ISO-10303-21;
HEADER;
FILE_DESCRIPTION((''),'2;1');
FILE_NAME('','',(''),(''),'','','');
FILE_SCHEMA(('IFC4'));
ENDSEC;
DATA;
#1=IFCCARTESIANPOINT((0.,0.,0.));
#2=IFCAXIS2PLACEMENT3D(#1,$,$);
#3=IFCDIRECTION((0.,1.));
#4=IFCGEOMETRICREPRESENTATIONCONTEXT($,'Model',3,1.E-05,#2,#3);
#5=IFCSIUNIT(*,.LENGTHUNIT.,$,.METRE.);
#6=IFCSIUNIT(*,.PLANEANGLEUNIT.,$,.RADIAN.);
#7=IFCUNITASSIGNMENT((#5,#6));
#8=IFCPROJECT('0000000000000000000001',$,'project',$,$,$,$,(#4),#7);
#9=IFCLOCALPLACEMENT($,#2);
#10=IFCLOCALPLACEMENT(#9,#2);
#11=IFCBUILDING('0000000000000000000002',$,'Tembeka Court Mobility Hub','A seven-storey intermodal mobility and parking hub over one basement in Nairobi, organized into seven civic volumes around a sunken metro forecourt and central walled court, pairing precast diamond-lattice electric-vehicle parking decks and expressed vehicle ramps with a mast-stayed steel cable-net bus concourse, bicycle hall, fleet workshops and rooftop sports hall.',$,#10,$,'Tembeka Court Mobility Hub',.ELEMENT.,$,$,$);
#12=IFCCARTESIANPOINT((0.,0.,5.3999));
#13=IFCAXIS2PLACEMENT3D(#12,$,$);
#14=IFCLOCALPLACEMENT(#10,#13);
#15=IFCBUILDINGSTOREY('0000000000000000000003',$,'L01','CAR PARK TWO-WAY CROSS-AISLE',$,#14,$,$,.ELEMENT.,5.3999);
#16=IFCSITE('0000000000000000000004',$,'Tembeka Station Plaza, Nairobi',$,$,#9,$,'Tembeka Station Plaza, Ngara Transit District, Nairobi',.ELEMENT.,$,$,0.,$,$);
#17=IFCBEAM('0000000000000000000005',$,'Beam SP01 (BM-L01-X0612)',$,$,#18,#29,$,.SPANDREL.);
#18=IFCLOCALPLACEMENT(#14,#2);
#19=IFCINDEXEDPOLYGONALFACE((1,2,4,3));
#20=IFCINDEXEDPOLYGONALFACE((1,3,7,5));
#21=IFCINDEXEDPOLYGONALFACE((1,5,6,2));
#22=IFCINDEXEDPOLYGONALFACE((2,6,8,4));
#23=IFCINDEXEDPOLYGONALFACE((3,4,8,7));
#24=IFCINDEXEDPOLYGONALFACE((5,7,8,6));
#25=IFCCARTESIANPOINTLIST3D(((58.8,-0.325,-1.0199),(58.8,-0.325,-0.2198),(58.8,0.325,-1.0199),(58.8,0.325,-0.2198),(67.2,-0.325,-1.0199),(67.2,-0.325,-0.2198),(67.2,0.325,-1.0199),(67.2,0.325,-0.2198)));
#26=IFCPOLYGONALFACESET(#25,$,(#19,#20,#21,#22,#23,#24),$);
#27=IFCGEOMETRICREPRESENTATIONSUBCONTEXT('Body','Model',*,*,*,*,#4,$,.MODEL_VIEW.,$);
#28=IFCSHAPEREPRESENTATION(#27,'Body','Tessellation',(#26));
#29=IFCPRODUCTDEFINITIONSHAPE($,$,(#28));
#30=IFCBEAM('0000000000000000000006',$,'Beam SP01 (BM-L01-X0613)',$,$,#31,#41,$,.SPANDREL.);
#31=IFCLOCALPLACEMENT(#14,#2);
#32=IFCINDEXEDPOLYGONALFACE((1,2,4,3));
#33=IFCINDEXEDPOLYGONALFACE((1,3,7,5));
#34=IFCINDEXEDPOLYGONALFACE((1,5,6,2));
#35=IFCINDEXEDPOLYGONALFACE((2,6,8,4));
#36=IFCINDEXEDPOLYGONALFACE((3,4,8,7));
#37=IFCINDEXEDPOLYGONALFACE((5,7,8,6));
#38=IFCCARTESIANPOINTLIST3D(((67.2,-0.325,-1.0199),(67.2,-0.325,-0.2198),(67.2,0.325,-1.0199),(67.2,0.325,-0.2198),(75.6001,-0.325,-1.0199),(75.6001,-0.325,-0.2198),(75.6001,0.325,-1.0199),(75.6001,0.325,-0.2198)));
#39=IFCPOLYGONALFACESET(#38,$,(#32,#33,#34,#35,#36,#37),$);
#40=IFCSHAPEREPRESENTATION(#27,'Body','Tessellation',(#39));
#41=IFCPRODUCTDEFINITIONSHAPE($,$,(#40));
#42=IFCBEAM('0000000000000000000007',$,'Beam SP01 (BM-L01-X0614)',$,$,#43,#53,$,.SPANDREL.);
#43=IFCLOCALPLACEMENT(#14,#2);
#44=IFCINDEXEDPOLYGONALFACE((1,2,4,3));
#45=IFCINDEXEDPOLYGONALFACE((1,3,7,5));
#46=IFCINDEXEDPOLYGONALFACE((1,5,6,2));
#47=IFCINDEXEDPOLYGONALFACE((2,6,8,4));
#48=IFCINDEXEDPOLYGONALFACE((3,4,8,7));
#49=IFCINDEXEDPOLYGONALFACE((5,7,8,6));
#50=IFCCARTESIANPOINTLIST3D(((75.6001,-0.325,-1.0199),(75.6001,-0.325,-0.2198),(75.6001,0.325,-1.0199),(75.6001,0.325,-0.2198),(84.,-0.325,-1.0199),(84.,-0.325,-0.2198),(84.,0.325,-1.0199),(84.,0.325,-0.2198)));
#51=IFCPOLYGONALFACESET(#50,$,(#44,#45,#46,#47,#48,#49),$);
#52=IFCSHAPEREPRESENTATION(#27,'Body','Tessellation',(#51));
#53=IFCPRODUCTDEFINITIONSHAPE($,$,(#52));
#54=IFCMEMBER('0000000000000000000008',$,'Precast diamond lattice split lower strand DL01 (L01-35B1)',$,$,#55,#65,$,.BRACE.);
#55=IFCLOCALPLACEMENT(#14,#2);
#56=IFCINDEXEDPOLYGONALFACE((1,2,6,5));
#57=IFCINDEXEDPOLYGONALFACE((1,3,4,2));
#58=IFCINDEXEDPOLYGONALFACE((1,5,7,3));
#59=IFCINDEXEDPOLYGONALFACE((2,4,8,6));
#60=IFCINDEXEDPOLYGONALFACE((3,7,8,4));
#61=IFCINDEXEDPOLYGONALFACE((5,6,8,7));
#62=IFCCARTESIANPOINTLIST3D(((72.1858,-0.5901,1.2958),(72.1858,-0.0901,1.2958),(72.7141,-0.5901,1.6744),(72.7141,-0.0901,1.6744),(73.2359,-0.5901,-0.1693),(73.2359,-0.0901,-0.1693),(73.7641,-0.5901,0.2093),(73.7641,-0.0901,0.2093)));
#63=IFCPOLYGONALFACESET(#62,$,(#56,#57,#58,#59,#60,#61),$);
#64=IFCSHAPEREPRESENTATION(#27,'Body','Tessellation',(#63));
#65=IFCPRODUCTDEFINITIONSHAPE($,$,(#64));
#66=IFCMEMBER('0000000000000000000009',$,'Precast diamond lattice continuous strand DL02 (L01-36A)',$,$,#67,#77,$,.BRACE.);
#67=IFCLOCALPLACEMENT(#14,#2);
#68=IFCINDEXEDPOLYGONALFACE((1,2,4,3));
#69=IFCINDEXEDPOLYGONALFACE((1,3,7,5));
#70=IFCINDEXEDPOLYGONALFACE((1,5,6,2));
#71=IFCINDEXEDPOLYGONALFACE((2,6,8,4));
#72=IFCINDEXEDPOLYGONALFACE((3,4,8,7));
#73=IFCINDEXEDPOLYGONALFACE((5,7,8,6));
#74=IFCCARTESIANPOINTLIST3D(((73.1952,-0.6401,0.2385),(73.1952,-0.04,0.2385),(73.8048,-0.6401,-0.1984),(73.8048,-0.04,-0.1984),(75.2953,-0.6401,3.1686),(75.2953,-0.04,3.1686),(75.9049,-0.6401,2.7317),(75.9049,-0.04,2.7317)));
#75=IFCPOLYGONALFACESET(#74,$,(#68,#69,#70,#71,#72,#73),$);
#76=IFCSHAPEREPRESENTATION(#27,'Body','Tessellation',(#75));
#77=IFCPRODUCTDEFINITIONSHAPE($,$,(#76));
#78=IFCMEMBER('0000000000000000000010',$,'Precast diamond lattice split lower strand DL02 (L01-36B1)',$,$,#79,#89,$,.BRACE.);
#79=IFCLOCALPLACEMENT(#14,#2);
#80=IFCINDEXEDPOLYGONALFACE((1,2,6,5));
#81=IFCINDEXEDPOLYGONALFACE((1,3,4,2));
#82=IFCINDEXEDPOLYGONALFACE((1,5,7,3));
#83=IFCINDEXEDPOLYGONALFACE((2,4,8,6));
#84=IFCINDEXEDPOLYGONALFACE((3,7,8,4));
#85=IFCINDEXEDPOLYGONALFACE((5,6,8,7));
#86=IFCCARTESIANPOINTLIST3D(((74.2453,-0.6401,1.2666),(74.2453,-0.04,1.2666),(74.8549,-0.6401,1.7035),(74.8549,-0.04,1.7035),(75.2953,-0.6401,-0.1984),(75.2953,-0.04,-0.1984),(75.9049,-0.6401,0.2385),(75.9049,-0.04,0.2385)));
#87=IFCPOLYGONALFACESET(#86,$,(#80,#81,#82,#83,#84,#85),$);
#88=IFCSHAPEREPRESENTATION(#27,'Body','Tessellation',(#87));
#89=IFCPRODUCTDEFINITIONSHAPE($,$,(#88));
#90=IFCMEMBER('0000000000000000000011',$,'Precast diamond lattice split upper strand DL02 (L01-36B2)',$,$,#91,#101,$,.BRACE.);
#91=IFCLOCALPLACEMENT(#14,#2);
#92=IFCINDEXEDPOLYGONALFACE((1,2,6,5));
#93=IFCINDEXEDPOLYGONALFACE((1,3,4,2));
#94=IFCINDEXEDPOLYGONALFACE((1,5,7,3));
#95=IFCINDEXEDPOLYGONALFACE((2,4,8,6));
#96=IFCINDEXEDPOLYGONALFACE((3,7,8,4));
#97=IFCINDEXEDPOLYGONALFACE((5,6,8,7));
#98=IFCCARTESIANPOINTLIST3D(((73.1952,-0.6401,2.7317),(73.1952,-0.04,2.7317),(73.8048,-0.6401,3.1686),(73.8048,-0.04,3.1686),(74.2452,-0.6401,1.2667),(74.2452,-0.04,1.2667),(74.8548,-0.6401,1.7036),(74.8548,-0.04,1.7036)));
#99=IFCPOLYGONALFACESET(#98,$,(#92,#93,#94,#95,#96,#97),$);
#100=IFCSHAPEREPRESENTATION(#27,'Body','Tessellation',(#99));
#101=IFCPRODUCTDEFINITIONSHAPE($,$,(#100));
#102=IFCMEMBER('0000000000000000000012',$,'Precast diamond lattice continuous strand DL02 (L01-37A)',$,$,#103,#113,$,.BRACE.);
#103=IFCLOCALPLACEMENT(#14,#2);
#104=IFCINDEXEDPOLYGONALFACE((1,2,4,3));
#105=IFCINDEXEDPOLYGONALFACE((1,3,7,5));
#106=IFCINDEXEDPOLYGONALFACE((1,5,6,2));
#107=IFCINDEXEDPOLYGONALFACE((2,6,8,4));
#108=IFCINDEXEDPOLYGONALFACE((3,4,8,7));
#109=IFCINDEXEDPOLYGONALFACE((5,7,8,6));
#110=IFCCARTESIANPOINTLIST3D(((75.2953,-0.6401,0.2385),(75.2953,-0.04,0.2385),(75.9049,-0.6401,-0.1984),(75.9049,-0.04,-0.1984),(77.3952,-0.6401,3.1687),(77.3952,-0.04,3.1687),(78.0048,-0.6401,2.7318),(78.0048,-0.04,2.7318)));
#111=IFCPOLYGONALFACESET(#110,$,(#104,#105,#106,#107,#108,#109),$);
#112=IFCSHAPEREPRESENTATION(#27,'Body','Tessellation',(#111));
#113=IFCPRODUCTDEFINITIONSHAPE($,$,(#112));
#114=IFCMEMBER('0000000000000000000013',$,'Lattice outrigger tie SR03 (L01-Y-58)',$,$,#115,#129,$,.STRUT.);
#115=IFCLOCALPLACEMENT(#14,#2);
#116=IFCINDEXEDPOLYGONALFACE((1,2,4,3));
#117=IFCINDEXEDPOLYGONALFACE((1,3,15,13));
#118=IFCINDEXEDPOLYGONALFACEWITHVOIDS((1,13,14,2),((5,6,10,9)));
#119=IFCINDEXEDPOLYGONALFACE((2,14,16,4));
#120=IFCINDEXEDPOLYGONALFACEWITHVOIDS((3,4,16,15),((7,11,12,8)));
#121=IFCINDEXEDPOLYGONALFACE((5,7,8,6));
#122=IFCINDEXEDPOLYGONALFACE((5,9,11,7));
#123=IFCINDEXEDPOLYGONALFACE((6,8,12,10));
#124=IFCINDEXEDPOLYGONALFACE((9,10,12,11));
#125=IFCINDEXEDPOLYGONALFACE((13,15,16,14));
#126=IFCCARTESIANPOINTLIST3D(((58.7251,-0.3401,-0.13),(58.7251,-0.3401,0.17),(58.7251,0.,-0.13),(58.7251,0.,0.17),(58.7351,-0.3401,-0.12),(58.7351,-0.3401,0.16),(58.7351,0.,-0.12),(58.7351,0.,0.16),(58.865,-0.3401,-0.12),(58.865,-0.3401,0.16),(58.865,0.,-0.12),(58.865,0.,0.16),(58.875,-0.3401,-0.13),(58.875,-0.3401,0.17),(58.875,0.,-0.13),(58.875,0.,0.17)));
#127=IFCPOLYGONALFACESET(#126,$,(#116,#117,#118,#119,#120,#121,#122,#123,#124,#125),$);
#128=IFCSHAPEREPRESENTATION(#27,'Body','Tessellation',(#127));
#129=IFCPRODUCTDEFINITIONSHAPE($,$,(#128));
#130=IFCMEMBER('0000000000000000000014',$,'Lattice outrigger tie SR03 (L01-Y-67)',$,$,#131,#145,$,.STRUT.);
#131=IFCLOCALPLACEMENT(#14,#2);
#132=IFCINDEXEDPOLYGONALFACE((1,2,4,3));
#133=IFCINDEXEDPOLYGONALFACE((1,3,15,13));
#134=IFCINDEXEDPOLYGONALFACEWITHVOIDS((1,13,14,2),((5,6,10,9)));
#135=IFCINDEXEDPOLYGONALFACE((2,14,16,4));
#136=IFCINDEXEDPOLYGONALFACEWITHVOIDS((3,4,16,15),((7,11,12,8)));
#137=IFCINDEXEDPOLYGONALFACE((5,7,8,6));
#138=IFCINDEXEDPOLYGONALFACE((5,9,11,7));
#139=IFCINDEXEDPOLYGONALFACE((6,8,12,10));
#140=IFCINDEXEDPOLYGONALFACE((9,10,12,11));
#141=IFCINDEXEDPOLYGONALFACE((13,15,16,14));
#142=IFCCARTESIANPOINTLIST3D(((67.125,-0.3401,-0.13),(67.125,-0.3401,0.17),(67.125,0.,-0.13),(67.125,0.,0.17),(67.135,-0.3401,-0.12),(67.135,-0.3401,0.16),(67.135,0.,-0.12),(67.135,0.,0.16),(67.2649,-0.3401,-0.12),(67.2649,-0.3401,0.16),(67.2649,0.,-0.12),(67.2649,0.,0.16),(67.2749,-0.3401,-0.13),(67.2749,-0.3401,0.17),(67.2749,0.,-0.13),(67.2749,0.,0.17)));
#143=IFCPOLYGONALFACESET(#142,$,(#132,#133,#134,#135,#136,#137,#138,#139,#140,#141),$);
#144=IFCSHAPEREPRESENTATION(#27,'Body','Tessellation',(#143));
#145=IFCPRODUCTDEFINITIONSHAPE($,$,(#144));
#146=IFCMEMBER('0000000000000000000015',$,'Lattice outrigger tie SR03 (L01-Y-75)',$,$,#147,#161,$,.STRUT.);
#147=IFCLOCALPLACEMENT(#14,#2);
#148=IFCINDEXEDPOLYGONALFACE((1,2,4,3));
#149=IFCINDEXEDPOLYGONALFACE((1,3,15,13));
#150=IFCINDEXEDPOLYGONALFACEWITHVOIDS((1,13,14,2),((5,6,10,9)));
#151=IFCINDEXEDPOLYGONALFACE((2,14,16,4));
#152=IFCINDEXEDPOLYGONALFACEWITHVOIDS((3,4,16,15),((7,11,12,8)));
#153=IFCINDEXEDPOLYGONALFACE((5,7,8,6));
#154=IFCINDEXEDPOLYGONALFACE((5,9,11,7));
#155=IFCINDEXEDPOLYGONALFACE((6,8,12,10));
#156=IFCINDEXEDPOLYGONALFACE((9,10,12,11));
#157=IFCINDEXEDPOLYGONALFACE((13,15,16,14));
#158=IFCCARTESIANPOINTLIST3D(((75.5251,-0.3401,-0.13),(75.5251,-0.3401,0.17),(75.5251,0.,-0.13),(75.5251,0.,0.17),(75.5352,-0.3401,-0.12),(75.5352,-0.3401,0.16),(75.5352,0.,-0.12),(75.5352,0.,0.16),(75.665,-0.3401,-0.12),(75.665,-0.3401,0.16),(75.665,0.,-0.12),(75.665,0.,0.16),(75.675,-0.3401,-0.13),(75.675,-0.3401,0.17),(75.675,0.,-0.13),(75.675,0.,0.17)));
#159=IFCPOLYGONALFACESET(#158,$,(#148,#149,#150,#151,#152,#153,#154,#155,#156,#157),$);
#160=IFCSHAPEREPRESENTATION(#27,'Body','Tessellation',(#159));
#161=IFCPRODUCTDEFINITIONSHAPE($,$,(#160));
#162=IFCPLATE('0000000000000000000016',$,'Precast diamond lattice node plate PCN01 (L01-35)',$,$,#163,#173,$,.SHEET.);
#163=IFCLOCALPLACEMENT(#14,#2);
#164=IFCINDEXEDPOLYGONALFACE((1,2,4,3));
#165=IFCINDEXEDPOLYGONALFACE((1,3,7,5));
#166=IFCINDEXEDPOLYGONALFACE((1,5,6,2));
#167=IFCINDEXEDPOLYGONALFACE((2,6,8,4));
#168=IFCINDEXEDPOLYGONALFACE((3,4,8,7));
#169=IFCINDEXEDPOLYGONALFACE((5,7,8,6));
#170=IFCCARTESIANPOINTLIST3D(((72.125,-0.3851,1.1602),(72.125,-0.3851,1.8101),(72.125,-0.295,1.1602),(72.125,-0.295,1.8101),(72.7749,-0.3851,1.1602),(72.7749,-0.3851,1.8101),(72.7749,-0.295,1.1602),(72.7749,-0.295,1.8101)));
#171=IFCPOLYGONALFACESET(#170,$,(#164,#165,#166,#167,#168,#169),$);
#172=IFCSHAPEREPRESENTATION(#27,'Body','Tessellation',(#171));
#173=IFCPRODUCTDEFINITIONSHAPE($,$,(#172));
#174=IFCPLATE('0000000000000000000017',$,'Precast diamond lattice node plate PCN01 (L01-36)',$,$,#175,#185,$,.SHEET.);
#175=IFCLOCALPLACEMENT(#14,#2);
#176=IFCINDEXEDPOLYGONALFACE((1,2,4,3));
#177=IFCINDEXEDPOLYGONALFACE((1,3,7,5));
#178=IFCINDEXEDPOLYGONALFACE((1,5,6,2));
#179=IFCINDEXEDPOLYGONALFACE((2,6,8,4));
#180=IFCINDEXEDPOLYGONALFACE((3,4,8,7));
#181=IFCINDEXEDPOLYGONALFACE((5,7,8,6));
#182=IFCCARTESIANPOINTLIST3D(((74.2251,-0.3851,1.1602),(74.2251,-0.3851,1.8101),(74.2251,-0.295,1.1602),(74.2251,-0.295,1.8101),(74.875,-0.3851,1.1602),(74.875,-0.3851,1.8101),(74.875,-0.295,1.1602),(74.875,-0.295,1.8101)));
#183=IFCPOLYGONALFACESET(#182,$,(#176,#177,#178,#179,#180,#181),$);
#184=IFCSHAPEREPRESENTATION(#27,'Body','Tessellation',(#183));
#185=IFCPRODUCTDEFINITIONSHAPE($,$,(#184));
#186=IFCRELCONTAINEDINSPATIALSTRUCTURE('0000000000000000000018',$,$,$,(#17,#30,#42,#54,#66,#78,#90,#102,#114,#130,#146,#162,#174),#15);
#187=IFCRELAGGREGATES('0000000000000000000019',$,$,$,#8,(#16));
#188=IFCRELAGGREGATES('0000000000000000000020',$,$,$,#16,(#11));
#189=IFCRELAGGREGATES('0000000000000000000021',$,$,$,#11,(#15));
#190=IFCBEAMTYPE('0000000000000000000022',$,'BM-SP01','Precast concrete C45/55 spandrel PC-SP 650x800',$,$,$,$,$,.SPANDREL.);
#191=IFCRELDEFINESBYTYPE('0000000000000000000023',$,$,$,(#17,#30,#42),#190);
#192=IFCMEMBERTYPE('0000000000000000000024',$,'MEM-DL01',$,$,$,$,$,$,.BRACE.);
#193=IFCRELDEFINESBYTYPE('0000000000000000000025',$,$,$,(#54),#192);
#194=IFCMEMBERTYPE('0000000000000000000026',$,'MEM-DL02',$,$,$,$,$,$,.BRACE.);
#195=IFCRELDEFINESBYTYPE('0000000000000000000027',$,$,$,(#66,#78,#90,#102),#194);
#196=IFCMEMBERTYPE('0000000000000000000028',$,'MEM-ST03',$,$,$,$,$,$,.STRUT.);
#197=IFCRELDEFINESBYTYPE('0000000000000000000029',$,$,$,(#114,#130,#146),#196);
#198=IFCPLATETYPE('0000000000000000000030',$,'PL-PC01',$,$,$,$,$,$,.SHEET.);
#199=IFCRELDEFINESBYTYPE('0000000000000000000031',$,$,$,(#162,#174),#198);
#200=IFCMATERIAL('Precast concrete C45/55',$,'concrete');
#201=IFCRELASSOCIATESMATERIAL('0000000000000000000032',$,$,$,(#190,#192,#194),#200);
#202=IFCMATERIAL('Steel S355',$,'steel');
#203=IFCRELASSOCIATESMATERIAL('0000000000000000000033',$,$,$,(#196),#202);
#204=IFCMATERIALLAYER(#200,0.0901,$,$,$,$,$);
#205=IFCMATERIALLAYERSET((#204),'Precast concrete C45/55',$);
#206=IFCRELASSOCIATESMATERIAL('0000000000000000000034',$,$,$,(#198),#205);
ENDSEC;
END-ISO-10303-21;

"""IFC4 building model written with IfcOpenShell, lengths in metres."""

from ifc_helpers import new_model, si_unit, direction, frame, origin, origin_2d, place, context, subcontext, project, spatial, rectangle, hollow_rectangle, extrude, material, layer, layer_set, material_profile, profile_set, type_object, element, save


model = new_model("IFC4")

# Units and contexts
model_context = context("Model", 3, precision=1e-05, world=origin(), true_north=direction((0.0, 1.0)))
body_context = subcontext(model_context, "Body", "Model", "MODEL_VIEW")
ifc_project = project(units=[si_unit("LENGTHUNIT", "METRE"), si_unit("PLANEANGLEUNIT", "RADIAN")], contexts=[model_context])

# Site, building, storey
site_placement = place(None, origin())
site = spatial("IfcSite", under=ifc_project, at=site_placement, Name="Tembeka Station Plaza, Nairobi", LongName="Tembeka Station Plaza, Ngara Transit District, Nairobi", CompositionType="ELEMENT", RefElevation=0.0)
building_placement = place(site_placement, origin())
building = spatial("IfcBuilding", under=site, at=building_placement, Name="Tembeka Court Mobility Hub", Description="A seven-storey intermodal mobility and parking hub over one basement in Nairobi, organized into seven civic volumes around a sunken metro forecourt and central walled court, pairing precast diamond-lattice electric-vehicle parking decks and expressed vehicle ramps with a mast-stayed steel cable-net bus concourse, bicycle hall, fleet workshops and rooftop sports hall.", LongName="Tembeka Court Mobility Hub", CompositionType="ELEMENT")
storey_placement = place(building_placement, frame((0.0, 0.0, 5.3999)))
storey = spatial("IfcBuildingStorey", under=building, at=storey_placement, Name="L01", Description="CAR PARK TWO-WAY CROSS-AISLE", CompositionType="ELEMENT", Elevation=5.3999)

# Shared definitions
ifc_material_1 = material(Name="Steel S355", Category="steel")

# Beams
ifc_material_2 = material(Name="Precast concrete C45/55", Category="concrete")
ifc_material_profile_1 = material_profile(ifc_material_2, rectangle(XDim=0.6499, YDim=0.8, at=origin_2d()), Name="PC-SP 650x800")
ifc_profile_set_1 = profile_set([ifc_material_profile_1], Name="Precast concrete C45/55")
beam_type_1 = type_object("IfcBeamType", Name="BM-SP01", Description="Precast concrete C45/55 spandrel PC-SP 650x800", PredefinedType="SPANDREL", material=ifc_profile_set_1)
beam_1_placement = place(storey_placement, frame((58.8, 0.0, -0.6199), z_axis=(1.0, 0.0, 0.0), x_axis=(0.0, 1.0, 0.0)))
element("IfcBeam", 1, at=beam_1_placement, inside=storey, type_object=beam_type_1, Name="Beam SP01 (BM-L01-X0612)", PredefinedType="SPANDREL", context=body_context, shape_type="SweptSolid", body=[
    extrude(rectangle(XDim=0.6499, YDim=0.8, at=origin_2d()), origin(), (0.0, 0.0, 1.0), 8.3999),
])
beam_2_placement = place(storey_placement, frame((67.2, 0.0, -0.6199), z_axis=(1.0, 0.0, 0.0), x_axis=(0.0, 1.0, 0.0)))
element("IfcBeam", 2, at=beam_2_placement, inside=storey, type_object=beam_type_1, Name="Beam SP01 (BM-L01-X0613)", PredefinedType="SPANDREL", context=body_context, shape_type="SweptSolid", body=[
    extrude(rectangle(XDim=0.6499, YDim=0.8, at=origin_2d()), origin(), (0.0, 0.0, 1.0), 8.4001),
])
beam_3_placement = place(storey_placement, frame((75.6001, 0.0, -0.6199), z_axis=(1.0, 0.0, 0.0), x_axis=(0.0, 1.0, 0.0)))
element("IfcBeam", 3, at=beam_3_placement, inside=storey, type_object=beam_type_1, Name="Beam SP01 (BM-L01-X0614)", PredefinedType="SPANDREL", context=body_context, shape_type="SweptSolid", body=[
    extrude(rectangle(XDim=0.6499, YDim=0.8, at=origin_2d()), origin(), (0.0, 0.0, 1.0), 8.3999),
])

# Members
ifc_material_profile_2 = material_profile(ifc_material_2, rectangle(XDim=0.5, YDim=0.6499, at=origin_2d()), Name="PC-DIAG 500x650")
ifc_profile_set_2 = profile_set([ifc_material_profile_2], Name="Precast concrete C45/55")
member_type_1 = type_object("IfcMemberType", Name="MEM-DL01", PredefinedType="BRACE", material=ifc_profile_set_2)
member_1_placement = place(storey_placement, frame((73.5, -0.3401, 0.02), z_axis=(-0.582544, 0.0, 0.812799), x_axis=(0.0, -1.0, 0.0)))
element("IfcMember", 4, at=member_1_placement, inside=storey, type_object=member_type_1, Name="Precast diamond lattice split lower strand DL01 (L01-35B1)", PredefinedType="BRACE", context=body_context, shape_type="SweptSolid", body=[
    extrude(rectangle(XDim=0.5, YDim=0.6499, at=origin_2d()), origin(), (0.0, 0.0, 1.0), 1.8025),
])
ifc_material_profile_3 = material_profile(ifc_material_2, rectangle(XDim=0.6001, YDim=0.75, at=origin_2d()), Name="PC-DIAG 600x750")
ifc_profile_set_3 = profile_set([ifc_material_profile_3], Name="Precast concrete C45/55")
member_type_2 = type_object("IfcMemberType", Name="MEM-DL02", PredefinedType="BRACE", material=ifc_profile_set_3)
member_2_placement = place(storey_placement, frame((73.5, -0.3401, 0.02), z_axis=(0.582544, 0.0, 0.812799), x_axis=(0.0, 1.0, 0.0)))
element("IfcMember", 5, at=member_2_placement, inside=storey, type_object=member_type_2, Name="Precast diamond lattice continuous strand DL02 (L01-36A)", PredefinedType="BRACE", context=body_context, shape_type="SweptSolid", body=[
    extrude(rectangle(XDim=0.6001, YDim=0.75, at=origin_2d()), origin(), (0.0, 0.0, 1.0), 3.605),
])
for number, where, z_axis, x_axis, name in (
    (6, (75.6001, -0.3401, 0.02), (-0.582544, 0.0, 0.812799), (0.0, -1.0, 0.0), "Precast diamond lattice split lower strand DL02 (L01-36B1)"),
    (7, (74.55, -0.3401, 1.4851), (-0.582544, 0.0, 0.812799), (0.0, -1.0, 0.0), "Precast diamond lattice split upper strand DL02 (L01-36B2)"),
):
    element("IfcMember", number, at=place(storey_placement, frame(where, z_axis=z_axis, x_axis=x_axis)), inside=storey, type_object=member_type_2, Name=name, PredefinedType="BRACE", context=body_context, shape_type="SweptSolid", body=[
        extrude(rectangle(XDim=0.6001, YDim=0.75, at=origin_2d()), origin(), (0.0, 0.0, 1.0), 1.8025),
    ])
member_3_placement = place(storey_placement, frame((75.6001, -0.3401, 0.02), z_axis=(0.5825, 0.0, 0.812831), x_axis=(0.0, 1.0, 0.0)))
element("IfcMember", 8, at=member_3_placement, inside=storey, type_object=member_type_2, Name="Precast diamond lattice continuous strand DL02 (L01-37A)", PredefinedType="BRACE", context=body_context, shape_type="SweptSolid", body=[
    extrude(rectangle(XDim=0.6001, YDim=0.75, at=origin_2d()), origin(), (0.0, 0.0, 1.0), 3.605),
])
ifc_material_profile_4 = material_profile(ifc_material_1, hollow_rectangle(XDim=0.1499, YDim=0.3, WallThickness=0.01, at=origin_2d()), Name="RHS 300x150x10")
ifc_profile_set_4 = profile_set([ifc_material_profile_4], Name="Steel S355")
member_type_3 = type_object("IfcMemberType", Name="MEM-ST03", PredefinedType="STRUT", material=ifc_profile_set_4)
for number, where, z_axis, x_axis, name in (
    (9, (58.8, 0.0, 0.02), (0.0, -1.0, 0.0), (1.0, 0.0, 0.0), "Lattice outrigger tie SR03 (L01-Y-58)"),
    (10, (67.2, 0.0, 0.02), (0.0, -1.0, 0.0), (1.0, 0.0, 0.0), "Lattice outrigger tie SR03 (L01-Y-67)"),
    (11, (75.6001, 0.0, 0.02), (0.0, -1.0, 0.0), (1.0, 0.0, 0.0), "Lattice outrigger tie SR03 (L01-Y-75)"),
):
    element("IfcMember", number, at=place(storey_placement, frame(where, z_axis=z_axis, x_axis=x_axis)), inside=storey, type_object=member_type_3, Name=name, PredefinedType="STRUT", context=body_context, shape_type="SweptSolid", body=[
        extrude(hollow_rectangle(XDim=0.1499, YDim=0.3, WallThickness=0.01, at=origin_2d()), origin(), (0.0, 0.0, 1.0), 0.3401),
    ])

# Plates
ifc_layer = layer(ifc_material_2, 0.0901)
ifc_layer_set = layer_set([ifc_layer], Name="Precast concrete C45/55")
plate_type = type_object("IfcPlateType", Name="PL-PC01", PredefinedType="SHEET", material=ifc_layer_set)
for number, where, z_axis, x_axis, name in (
    (12, (72.45, -0.3401, 1.1602), (0.0, 0.0, 1.0), (1.0, 0.0, 0.0), "Precast diamond lattice node plate PCN01 (L01-35)"),
    (13, (74.55, -0.3401, 1.1602), (0.0, 0.0, 1.0), (1.0, 0.0, 0.0), "Precast diamond lattice node plate PCN01 (L01-36)"),
):
    element("IfcPlate", number, at=place(storey_placement, frame(where, z_axis=z_axis, x_axis=x_axis)), inside=storey, type_object=plate_type, Name=name, PredefinedType="SHEET", context=body_context, shape_type="SweptSolid", body=[
        extrude(rectangle(XDim=0.6499, YDim=0.0901, at=origin_2d()), origin(), (0.0, 0.0, 1.0), 0.6499),
    ])

save(model, "model.ifc")
